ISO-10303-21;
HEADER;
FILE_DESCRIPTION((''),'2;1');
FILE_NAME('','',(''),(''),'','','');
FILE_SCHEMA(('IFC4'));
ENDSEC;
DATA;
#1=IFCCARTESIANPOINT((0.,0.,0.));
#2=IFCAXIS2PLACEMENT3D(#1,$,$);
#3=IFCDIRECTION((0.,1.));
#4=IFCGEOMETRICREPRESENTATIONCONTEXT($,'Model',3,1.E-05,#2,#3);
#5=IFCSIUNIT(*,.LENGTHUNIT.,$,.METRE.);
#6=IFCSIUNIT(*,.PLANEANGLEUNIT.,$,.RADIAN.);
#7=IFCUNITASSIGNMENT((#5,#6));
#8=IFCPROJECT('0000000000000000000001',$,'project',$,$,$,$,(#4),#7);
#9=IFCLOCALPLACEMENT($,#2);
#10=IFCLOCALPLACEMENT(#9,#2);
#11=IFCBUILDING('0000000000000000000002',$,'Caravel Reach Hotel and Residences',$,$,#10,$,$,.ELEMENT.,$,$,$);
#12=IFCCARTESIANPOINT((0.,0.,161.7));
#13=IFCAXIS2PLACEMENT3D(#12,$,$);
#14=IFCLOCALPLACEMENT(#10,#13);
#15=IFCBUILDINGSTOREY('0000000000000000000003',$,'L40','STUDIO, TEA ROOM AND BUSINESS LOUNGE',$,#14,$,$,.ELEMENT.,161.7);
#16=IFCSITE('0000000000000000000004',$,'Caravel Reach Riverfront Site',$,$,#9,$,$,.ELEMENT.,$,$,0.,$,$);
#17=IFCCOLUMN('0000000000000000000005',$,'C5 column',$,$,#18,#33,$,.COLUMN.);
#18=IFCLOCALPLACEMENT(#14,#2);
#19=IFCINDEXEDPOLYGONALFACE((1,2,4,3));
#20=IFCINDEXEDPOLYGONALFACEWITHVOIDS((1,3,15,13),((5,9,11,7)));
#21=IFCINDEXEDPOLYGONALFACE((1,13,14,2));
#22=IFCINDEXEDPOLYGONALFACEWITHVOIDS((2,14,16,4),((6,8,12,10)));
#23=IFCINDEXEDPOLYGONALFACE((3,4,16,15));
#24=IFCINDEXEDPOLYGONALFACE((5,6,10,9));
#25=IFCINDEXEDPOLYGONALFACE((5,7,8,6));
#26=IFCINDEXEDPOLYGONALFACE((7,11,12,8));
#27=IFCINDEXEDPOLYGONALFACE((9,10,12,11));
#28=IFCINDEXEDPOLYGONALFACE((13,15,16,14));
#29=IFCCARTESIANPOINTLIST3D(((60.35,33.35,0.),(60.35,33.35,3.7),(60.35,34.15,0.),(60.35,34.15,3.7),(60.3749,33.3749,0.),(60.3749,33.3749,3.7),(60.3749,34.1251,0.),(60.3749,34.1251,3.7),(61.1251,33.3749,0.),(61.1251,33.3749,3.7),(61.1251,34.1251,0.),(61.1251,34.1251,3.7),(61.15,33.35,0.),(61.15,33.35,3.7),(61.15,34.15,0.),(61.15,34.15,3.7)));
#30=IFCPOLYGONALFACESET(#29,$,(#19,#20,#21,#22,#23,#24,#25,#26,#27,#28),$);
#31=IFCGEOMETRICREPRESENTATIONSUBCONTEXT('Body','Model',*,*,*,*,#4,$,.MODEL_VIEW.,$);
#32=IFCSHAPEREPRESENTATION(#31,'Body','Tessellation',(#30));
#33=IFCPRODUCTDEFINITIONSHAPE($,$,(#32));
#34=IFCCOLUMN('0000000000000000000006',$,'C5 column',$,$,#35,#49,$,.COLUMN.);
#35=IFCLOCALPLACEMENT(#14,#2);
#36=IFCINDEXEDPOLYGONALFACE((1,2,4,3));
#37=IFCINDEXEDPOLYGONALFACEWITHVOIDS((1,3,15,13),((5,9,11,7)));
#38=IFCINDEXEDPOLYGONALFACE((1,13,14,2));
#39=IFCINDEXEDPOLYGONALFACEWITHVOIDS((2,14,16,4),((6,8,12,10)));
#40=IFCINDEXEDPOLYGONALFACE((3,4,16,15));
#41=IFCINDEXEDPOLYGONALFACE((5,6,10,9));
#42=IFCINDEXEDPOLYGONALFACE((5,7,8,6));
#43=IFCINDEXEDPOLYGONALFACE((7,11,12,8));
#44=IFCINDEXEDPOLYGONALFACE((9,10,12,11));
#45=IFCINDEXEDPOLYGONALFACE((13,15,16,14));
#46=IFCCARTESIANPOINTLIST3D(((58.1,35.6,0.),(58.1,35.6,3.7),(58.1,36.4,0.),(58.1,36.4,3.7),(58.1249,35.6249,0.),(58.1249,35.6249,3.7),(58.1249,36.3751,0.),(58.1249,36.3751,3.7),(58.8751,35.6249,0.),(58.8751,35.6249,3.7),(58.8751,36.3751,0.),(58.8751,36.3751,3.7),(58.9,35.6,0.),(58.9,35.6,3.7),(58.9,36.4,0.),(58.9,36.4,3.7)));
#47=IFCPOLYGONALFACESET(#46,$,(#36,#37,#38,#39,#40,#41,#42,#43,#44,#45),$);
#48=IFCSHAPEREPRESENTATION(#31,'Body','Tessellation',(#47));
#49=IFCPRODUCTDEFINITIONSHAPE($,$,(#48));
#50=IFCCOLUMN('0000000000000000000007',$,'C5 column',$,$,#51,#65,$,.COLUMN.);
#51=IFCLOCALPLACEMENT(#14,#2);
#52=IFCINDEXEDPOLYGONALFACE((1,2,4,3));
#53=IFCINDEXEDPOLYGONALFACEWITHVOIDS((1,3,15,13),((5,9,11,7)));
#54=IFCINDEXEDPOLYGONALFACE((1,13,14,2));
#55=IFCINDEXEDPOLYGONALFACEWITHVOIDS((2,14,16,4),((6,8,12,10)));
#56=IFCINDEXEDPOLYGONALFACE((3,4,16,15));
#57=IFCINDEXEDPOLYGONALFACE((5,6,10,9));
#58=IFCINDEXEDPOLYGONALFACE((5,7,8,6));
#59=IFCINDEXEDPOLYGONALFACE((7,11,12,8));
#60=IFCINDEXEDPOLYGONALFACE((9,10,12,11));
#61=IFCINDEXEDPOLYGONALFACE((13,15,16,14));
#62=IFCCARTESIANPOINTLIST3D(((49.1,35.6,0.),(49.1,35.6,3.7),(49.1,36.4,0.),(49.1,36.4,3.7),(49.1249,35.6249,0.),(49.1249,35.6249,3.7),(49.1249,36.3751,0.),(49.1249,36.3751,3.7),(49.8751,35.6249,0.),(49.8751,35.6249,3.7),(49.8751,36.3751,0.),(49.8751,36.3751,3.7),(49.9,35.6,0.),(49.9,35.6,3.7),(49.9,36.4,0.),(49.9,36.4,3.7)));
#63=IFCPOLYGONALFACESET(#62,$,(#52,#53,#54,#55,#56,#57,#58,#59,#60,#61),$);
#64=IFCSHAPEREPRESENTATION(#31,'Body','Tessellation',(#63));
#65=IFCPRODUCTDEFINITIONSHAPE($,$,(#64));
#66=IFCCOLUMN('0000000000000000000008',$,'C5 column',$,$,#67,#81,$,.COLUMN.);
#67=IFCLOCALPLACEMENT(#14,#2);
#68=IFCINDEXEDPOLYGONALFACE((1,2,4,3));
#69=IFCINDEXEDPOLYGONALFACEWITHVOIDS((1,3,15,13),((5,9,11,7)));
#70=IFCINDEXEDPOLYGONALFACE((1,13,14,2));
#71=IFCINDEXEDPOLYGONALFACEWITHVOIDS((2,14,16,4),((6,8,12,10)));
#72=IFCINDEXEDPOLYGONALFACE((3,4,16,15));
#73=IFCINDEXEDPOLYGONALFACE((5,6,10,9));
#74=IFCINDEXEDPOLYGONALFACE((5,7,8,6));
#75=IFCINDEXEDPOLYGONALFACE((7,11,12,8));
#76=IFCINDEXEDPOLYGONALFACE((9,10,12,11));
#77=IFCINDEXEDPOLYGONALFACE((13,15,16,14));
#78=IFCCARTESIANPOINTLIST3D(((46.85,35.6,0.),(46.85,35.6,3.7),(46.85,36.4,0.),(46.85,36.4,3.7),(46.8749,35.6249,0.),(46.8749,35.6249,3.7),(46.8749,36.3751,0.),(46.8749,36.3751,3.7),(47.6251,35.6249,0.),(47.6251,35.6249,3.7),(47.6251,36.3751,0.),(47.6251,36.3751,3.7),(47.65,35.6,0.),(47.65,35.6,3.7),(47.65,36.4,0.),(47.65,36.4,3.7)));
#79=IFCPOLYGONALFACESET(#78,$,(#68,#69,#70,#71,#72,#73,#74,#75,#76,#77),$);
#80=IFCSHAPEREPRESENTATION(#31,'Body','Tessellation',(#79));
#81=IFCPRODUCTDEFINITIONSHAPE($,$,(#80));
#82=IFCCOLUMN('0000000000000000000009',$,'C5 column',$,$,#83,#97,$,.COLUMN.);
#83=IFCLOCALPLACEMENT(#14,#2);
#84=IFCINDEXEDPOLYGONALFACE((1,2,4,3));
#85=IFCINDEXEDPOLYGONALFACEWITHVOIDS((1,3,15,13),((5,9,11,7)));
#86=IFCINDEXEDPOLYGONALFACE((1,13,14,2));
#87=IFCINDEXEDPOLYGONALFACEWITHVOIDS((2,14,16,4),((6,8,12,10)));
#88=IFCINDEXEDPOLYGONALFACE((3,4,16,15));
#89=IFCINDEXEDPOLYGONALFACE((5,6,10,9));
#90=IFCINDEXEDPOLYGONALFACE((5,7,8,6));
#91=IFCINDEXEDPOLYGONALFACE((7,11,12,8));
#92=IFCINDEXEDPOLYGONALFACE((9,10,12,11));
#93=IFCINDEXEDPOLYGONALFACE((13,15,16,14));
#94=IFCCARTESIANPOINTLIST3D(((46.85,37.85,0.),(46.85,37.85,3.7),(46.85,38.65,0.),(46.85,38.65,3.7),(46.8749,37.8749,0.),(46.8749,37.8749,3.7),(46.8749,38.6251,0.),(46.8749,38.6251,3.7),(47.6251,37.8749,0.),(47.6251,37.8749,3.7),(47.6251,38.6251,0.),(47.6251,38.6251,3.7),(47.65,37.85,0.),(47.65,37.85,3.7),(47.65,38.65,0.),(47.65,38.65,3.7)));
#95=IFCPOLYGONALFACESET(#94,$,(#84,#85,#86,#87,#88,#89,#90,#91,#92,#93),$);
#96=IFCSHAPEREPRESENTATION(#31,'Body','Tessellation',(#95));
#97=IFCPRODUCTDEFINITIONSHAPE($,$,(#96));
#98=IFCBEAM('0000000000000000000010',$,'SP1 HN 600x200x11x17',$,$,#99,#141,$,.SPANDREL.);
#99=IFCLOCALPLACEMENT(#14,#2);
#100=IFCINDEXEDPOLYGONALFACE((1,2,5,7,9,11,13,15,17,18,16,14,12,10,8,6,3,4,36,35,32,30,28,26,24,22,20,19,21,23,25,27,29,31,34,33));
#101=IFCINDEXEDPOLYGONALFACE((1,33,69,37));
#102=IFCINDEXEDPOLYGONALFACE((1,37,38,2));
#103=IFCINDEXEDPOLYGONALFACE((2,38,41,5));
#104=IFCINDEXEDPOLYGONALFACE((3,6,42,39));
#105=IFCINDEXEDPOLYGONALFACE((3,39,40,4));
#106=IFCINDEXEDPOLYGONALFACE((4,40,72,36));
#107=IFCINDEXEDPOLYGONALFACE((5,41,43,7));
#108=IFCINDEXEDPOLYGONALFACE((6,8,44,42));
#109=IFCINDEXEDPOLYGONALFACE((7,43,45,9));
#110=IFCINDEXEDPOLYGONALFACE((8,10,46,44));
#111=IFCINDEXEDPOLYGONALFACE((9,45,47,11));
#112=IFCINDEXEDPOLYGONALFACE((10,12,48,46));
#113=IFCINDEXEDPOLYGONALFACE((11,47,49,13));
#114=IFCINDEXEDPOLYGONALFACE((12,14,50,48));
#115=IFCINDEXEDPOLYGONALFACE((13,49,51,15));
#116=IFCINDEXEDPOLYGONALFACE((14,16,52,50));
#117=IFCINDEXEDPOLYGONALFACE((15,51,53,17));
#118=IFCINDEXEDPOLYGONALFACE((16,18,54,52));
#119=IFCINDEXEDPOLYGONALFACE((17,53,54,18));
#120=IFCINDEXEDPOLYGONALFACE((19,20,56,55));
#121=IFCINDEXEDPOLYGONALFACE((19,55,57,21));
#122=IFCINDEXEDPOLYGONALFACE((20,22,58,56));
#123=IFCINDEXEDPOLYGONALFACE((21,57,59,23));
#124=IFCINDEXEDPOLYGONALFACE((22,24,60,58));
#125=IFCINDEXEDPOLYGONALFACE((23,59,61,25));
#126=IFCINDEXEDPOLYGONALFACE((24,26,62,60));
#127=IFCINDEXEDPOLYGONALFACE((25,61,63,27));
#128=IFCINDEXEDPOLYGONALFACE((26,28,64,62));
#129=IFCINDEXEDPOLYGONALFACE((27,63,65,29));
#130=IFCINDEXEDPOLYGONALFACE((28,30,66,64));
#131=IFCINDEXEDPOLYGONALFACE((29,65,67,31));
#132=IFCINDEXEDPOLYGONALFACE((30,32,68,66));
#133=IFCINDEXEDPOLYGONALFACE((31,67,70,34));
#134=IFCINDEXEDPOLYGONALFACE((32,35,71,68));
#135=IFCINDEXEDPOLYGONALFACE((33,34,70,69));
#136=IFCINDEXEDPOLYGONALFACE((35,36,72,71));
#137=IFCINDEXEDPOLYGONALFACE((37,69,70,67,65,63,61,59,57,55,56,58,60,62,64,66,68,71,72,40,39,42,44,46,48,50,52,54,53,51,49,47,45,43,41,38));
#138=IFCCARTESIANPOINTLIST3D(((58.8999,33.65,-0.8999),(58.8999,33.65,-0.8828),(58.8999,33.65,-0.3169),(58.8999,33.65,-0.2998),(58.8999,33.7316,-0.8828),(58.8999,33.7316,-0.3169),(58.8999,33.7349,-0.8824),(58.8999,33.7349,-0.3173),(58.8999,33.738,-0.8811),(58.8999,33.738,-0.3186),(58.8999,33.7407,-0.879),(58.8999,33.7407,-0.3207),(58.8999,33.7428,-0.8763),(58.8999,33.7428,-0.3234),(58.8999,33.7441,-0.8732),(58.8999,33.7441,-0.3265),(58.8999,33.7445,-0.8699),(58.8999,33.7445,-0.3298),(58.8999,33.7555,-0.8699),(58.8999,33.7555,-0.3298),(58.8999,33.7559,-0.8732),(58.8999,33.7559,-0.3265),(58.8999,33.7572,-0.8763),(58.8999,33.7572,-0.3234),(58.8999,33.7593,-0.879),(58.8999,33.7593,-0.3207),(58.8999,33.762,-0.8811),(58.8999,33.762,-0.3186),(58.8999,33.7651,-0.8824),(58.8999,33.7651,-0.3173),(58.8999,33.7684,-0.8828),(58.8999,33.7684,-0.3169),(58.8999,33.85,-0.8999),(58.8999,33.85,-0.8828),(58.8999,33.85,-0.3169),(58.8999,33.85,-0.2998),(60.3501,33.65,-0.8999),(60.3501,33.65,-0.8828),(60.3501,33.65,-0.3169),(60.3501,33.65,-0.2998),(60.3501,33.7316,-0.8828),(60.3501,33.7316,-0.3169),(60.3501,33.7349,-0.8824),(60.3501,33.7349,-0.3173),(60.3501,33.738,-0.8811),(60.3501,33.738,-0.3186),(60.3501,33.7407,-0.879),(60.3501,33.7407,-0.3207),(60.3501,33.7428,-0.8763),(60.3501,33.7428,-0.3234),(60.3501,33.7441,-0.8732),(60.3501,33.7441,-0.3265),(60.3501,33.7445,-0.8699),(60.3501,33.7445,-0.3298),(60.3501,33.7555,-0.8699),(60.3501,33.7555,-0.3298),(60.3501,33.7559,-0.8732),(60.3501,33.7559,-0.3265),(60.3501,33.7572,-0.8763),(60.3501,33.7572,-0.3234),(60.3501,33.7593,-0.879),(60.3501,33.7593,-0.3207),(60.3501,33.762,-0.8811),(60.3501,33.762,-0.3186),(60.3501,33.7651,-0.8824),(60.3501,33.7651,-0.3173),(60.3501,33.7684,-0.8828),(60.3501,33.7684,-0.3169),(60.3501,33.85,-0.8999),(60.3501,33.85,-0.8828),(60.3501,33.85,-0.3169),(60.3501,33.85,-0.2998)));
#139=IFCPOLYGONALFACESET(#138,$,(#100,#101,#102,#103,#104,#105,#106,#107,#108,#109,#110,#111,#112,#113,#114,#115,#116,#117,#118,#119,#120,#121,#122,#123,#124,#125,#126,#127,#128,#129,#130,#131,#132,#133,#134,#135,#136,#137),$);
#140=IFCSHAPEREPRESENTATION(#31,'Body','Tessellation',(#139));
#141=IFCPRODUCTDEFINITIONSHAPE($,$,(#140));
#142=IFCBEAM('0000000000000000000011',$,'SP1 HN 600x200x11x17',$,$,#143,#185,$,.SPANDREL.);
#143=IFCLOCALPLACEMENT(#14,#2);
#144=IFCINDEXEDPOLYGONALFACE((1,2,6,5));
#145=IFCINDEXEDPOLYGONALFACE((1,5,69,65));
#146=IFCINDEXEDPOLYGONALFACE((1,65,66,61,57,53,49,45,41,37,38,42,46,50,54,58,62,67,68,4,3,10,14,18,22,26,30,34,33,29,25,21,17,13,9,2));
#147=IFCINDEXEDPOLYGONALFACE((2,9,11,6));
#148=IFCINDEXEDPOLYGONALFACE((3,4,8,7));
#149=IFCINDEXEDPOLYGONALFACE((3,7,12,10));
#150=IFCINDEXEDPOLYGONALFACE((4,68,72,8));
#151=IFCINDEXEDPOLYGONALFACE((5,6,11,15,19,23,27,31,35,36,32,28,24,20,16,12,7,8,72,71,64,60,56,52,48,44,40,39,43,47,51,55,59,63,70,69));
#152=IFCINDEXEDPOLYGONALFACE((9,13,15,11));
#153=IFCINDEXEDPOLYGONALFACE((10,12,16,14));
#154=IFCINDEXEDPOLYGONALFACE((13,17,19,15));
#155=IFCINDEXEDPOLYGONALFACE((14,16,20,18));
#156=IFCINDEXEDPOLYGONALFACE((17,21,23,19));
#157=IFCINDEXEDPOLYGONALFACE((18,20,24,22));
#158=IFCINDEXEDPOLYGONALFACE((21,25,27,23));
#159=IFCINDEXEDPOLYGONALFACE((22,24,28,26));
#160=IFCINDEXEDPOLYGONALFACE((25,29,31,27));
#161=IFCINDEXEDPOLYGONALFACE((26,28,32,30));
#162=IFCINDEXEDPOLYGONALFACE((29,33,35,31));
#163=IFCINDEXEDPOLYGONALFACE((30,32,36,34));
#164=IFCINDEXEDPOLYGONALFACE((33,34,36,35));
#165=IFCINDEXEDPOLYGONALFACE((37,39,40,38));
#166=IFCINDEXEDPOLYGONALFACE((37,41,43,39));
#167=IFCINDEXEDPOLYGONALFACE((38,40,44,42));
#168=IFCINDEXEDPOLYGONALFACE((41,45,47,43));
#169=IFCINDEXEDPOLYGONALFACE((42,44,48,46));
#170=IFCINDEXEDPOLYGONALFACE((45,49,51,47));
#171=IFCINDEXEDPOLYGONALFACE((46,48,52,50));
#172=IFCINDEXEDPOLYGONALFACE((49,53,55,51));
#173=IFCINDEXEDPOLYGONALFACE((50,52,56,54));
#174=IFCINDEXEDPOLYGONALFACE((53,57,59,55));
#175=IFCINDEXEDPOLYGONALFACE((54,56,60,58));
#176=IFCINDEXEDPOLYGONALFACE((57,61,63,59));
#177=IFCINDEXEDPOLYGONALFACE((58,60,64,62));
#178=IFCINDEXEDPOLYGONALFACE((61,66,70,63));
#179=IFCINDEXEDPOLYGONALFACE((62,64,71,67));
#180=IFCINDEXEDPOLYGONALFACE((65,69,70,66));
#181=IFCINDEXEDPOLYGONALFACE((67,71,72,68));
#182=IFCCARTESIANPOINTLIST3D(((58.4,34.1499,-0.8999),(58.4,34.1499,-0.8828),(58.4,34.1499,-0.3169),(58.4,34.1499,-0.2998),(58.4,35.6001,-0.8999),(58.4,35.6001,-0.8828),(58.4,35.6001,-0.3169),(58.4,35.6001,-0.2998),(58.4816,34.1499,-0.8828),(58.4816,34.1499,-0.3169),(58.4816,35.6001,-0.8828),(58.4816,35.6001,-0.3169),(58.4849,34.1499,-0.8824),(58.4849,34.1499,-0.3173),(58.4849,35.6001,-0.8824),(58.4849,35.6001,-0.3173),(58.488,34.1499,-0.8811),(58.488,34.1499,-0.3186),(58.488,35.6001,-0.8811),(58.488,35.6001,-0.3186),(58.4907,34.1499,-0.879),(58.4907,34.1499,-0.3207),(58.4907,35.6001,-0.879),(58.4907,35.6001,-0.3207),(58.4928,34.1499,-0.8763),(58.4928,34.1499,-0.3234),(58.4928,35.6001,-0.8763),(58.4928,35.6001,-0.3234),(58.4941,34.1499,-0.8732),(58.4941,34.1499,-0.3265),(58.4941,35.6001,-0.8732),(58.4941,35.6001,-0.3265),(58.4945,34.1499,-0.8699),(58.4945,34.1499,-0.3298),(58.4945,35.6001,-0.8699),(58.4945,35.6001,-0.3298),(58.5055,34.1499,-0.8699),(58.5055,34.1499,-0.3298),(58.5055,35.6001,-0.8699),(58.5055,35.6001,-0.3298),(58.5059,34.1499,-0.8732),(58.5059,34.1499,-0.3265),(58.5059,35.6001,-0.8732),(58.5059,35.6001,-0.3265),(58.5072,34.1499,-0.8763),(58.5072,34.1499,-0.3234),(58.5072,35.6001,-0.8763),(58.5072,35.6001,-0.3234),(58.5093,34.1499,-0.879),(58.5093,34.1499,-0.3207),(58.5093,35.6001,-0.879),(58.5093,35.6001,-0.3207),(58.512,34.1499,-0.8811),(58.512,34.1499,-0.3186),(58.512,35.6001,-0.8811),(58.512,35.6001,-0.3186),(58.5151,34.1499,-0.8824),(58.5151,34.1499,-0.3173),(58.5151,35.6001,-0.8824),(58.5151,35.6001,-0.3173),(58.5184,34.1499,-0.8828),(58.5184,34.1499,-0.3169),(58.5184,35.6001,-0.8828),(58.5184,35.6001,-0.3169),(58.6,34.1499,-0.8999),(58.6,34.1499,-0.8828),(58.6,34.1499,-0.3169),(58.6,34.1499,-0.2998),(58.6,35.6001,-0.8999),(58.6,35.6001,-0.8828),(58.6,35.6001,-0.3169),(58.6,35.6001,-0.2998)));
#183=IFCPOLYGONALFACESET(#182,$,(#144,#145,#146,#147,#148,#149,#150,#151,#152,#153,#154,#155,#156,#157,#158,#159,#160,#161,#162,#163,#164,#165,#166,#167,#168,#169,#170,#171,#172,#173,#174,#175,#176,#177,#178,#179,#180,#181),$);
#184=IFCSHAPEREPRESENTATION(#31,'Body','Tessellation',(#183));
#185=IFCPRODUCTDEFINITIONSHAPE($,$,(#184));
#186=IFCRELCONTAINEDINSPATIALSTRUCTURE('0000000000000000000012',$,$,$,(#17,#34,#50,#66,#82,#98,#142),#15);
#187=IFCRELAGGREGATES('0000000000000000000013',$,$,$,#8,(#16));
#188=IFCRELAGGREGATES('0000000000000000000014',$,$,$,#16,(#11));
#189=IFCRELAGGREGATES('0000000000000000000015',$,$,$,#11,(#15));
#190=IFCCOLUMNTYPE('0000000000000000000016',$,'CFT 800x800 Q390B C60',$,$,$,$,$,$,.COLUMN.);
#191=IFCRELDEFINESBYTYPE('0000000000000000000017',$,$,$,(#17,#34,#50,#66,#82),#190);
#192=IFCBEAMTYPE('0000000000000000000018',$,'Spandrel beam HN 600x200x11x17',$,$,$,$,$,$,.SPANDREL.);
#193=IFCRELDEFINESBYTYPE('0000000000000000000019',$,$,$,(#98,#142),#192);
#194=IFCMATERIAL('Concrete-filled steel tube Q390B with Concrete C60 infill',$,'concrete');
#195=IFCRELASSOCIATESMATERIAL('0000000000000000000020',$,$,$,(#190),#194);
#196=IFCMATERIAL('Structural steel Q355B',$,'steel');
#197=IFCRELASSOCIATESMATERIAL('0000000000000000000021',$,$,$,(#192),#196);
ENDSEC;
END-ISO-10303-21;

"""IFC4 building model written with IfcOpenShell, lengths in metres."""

from ifc_helpers import new_model, si_unit, direction, frame, origin, origin_2d, place, context, subcontext, project, spatial, hollow_rectangle, i_section, extrude, material, material_profile, profile_set, type_object, element, save


model = new_model("IFC4")

# Units and contexts
model_context = context("Model", 3, precision=1e-05, world=origin(), true_north=direction((0.0, 1.0)))
body_context = subcontext(model_context, "Body", "Model", "MODEL_VIEW")
ifc_project = project(units=[si_unit("LENGTHUNIT", "METRE"), si_unit("PLANEANGLEUNIT", "RADIAN")], contexts=[model_context])

# Site, building, storey
site_placement = place(None, origin())
site = spatial("IfcSite", under=ifc_project, at=site_placement, Name="Caravel Reach Riverfront Site", CompositionType="ELEMENT", RefElevation=0.0)
building_placement = place(site_placement, origin())
building = spatial("IfcBuilding", under=site, at=building_placement, Name="Caravel Reach Hotel and Residences", CompositionType="ELEMENT")
storey_placement = place(building_placement, frame((0.0, 0.0, 161.7)))
storey = spatial("IfcBuildingStorey", under=building, at=storey_placement, Name="L40", Description="STUDIO, TEA ROOM AND BUSINESS LOUNGE", CompositionType="ELEMENT", Elevation=161.7)

# Columns
ifc_material_1 = material(Name="Concrete-filled steel tube Q390B with Concrete C60 infill", Category="concrete")
ifc_material_profile_1 = material_profile(ifc_material_1, hollow_rectangle(XDim=0.8, YDim=0.8, WallThickness=0.0249, at=origin_2d()), Name="RHS 800x800x25")
ifc_profile_set_1 = profile_set([ifc_material_profile_1], Name="Concrete-filled steel tube Q390B with Concrete C60 infill")
column_type = type_object("IfcColumnType", Name="CFT 800x800 Q390B C60", PredefinedType="COLUMN", material=ifc_profile_set_1)
for number, where, z_axis, x_axis, name in (
    (1, (60.75, 33.75, 0.0), (0.0, 0.0, 1.0), (1.0, 0.0, 0.0), "C5 column"),
    (2, (58.5, 36.0, 0.0), (0.0, 0.0, 1.0), (1.0, 0.0, 0.0), "C5 column"),
    (3, (49.5, 36.0, 0.0), (0.0, 0.0, 1.0), (1.0, 0.0, 0.0), "C5 column"),
    (4, (47.25, 36.0, 0.0), (0.0, 0.0, 1.0), (1.0, 0.0, 0.0), "C5 column"),
    (5, (47.25, 38.25, 0.0), (0.0, 0.0, 1.0), (1.0, 0.0, 0.0), "C5 column"),
):
    element("IfcColumn", number, at=place(storey_placement, frame(where, z_axis=z_axis, x_axis=x_axis)), inside=storey, type_object=column_type, Name=name, PredefinedType="COLUMN", context=body_context, shape_type="SweptSolid", body=[
        extrude(hollow_rectangle(XDim=0.8, YDim=0.8, WallThickness=0.0249, at=origin_2d()), origin(), (0.0, 0.0, 1.0), 3.7),
    ])

# Beams
ifc_material_2 = material(Name="Structural steel Q355B", Category="steel")
ifc_material_profile_2 = material_profile(ifc_material_2, i_section(OverallWidth=0.2, OverallDepth=0.6001, WebThickness=0.011, FlangeThickness=0.0171, FilletRadius=0.0129, at=origin_2d()), Name="HN 600x200x11x17")
ifc_profile_set_2 = profile_set([ifc_material_profile_2], Name="Structural steel Q355B")
beam_type = type_object("IfcBeamType", Name="Spandrel beam HN 600x200x11x17", PredefinedType="SPANDREL", material=ifc_profile_set_2)
for number, where, z_axis, x_axis, name in (
    (6, (60.3501, 33.75, -0.5999), (-1.0, 0.0, 0.0), (0.0, -1.0, 0.0), "SP1 HN 600x200x11x17"),
    (7, (58.5, 34.1499, -0.5999), (0.0, 1.0, 0.0), (-1.0, 0.0, 0.0), "SP1 HN 600x200x11x17"),
):
    element("IfcBeam", number, at=place(storey_placement, frame(where, z_axis=z_axis, x_axis=x_axis)), inside=storey, type_object=beam_type, Name=name, PredefinedType="SPANDREL", context=body_context, shape_type="SweptSolid", body=[
        extrude(i_section(OverallWidth=0.2, OverallDepth=0.6001, WebThickness=0.011, FlangeThickness=0.0171, FilletRadius=0.0129, at=origin_2d()), origin(), (0.0, 0.0, 1.0), 1.4502),
    ])

save(model, "model.ifc")
